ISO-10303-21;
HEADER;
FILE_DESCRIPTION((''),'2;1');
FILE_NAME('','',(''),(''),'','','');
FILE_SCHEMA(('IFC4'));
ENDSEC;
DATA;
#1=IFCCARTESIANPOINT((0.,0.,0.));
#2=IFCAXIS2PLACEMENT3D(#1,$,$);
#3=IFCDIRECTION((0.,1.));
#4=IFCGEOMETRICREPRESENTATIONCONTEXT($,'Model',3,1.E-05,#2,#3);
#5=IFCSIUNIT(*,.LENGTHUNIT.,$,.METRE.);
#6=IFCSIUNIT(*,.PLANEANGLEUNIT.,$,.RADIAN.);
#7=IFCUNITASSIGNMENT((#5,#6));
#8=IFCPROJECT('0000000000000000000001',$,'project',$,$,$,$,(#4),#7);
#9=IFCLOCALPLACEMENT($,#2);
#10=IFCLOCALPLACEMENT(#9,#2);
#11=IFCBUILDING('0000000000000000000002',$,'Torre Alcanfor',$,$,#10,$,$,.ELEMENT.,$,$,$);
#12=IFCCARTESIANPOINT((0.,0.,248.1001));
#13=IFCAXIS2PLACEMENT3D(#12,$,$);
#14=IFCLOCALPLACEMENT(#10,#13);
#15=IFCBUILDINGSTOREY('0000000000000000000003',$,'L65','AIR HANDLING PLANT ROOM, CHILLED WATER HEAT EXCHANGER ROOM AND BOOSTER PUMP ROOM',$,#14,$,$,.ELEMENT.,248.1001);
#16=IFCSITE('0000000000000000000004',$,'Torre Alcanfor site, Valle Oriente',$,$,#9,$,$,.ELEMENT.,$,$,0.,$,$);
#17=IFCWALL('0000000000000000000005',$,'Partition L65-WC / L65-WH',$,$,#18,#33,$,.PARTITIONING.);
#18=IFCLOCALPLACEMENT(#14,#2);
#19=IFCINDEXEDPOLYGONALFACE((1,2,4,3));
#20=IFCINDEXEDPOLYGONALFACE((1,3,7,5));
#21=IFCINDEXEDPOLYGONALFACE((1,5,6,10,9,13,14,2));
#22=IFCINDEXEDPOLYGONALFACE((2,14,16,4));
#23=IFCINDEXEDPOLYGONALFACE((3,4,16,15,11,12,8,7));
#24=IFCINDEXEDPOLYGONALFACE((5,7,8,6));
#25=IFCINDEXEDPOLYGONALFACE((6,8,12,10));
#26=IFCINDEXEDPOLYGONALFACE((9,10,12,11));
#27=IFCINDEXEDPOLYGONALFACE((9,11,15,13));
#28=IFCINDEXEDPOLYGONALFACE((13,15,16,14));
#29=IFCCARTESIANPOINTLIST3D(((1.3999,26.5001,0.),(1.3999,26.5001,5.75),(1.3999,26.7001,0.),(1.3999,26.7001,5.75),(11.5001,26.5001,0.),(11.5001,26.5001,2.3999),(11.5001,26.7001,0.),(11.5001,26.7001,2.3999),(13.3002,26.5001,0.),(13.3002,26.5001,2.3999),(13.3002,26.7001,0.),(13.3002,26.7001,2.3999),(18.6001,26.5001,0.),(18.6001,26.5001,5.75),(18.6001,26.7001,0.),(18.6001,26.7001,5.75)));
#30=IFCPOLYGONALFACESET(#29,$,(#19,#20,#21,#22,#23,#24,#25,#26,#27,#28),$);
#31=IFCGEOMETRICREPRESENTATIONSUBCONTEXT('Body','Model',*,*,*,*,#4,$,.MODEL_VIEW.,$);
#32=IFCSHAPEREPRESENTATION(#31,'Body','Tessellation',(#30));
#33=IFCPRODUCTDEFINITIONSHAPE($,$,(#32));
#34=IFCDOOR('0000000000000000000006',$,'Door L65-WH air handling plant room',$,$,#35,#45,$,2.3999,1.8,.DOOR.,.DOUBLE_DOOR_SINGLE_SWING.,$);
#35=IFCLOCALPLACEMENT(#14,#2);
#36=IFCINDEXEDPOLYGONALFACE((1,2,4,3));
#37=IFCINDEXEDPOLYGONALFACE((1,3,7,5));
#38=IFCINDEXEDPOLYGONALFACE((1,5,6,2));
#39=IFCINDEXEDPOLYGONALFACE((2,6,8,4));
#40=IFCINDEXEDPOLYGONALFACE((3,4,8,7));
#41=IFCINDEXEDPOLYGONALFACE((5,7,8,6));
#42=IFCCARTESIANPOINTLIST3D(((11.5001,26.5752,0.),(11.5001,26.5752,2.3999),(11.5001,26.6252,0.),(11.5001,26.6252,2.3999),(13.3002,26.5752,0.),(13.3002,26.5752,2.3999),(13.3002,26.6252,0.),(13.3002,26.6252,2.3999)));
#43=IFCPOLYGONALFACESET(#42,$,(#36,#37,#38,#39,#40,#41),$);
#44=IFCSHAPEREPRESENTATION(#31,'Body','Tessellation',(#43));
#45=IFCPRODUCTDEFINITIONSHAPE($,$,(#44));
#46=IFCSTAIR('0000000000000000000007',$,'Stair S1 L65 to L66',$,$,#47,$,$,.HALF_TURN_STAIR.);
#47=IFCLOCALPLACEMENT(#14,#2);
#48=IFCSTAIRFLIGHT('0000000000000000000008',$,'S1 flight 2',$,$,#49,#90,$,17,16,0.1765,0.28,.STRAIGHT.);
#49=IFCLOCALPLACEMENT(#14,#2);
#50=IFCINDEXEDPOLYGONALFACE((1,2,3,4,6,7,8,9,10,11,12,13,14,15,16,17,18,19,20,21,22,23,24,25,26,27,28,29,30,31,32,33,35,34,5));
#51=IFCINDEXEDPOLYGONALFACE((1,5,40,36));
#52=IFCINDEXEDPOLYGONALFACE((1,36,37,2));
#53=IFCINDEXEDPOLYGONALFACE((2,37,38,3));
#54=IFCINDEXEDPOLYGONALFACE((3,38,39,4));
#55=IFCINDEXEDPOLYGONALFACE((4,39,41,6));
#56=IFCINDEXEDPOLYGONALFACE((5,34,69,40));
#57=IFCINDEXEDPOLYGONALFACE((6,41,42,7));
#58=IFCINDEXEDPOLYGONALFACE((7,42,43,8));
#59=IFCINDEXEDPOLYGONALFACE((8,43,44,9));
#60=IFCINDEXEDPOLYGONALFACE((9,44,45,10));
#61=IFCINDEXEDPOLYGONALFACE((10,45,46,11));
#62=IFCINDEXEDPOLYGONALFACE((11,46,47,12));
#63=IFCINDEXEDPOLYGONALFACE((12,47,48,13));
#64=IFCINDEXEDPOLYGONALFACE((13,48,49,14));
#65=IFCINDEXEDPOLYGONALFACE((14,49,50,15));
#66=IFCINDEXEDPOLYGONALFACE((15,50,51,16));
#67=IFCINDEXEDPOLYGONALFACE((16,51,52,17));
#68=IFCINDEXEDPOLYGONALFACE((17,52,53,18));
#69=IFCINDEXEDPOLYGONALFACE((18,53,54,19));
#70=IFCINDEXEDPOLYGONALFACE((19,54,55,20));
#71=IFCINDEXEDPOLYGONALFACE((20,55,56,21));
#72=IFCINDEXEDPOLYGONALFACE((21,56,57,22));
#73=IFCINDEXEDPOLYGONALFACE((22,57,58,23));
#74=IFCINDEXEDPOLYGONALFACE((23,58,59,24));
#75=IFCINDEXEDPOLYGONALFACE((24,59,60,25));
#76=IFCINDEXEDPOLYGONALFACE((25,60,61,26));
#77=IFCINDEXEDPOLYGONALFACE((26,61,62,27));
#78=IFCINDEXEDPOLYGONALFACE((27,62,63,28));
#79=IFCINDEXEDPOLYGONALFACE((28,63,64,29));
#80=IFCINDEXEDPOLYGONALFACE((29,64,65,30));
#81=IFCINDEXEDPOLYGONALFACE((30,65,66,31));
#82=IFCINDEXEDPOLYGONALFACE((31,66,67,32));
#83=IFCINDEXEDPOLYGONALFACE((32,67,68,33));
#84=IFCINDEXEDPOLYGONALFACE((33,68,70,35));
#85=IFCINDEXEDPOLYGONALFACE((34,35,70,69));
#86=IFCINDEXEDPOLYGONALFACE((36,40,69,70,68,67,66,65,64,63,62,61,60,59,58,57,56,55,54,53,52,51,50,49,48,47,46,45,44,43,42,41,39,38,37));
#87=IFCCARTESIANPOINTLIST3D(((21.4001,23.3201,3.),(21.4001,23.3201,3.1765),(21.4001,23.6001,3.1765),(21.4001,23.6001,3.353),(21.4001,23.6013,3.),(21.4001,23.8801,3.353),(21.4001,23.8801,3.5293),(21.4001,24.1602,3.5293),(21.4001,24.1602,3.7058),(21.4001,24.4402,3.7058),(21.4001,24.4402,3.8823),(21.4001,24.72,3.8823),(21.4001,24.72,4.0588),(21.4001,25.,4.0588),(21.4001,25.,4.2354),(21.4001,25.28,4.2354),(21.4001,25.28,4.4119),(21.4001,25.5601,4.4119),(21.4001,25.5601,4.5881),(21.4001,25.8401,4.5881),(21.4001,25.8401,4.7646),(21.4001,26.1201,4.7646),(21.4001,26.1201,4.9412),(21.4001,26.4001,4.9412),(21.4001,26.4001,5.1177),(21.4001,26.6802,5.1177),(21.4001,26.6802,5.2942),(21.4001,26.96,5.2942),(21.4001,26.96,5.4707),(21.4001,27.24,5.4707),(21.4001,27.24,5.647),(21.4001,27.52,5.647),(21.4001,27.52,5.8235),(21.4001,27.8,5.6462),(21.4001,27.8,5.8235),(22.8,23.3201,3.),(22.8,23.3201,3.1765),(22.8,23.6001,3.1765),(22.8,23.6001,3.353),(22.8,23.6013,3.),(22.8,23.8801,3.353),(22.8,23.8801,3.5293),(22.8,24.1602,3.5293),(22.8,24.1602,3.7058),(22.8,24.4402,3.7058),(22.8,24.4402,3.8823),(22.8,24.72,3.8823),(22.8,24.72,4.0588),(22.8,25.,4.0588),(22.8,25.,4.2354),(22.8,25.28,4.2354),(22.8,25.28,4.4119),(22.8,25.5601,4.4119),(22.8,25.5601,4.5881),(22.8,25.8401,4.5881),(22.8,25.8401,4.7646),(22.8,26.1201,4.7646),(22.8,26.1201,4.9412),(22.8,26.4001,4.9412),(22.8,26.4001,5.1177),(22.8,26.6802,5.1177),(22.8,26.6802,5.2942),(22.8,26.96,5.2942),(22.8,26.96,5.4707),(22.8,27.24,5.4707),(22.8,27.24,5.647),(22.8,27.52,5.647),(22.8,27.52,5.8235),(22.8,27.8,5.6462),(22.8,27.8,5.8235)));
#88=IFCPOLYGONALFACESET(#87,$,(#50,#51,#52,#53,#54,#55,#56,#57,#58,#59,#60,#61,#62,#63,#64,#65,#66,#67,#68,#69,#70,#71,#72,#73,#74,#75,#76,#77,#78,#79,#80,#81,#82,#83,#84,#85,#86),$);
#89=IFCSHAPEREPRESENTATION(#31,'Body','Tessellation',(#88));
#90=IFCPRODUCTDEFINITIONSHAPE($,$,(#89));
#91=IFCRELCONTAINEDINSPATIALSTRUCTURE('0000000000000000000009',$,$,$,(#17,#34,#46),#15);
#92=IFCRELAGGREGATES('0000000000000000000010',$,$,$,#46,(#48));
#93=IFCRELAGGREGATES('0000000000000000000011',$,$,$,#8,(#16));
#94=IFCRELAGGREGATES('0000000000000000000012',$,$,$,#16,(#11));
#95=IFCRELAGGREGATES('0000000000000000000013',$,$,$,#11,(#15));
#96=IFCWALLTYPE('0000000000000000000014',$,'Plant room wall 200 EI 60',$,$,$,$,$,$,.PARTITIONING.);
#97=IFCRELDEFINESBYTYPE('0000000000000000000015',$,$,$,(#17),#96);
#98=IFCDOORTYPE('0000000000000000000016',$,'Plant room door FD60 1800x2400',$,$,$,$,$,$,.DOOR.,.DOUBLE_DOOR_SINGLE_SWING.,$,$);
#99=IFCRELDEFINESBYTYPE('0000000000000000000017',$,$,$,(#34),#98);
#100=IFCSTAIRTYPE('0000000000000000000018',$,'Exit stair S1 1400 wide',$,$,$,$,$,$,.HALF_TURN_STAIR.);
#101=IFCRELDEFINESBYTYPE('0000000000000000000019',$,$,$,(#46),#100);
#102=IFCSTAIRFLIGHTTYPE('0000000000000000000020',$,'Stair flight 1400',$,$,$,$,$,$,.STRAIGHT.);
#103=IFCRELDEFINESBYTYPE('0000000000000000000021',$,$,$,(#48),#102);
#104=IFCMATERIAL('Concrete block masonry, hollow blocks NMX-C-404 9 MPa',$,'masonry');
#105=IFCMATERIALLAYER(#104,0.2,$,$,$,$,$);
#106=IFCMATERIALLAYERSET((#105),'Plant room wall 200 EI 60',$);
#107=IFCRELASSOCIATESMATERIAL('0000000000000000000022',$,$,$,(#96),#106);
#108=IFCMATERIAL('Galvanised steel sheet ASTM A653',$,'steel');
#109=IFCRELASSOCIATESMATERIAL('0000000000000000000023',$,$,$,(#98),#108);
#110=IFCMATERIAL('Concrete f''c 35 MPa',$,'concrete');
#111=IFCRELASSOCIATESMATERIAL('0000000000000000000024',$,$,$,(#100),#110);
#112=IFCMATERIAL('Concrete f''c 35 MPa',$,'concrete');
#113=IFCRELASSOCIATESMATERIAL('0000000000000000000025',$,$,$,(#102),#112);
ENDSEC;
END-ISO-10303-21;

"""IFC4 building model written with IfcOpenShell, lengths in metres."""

from ifc_helpers import new_model, si_unit, direction, frame, frame_2d, origin, place, context, subcontext, project, spatial, polyline, rectangle, outline, extrude, material, layer, layer_set, type_object, element, fill, aggregate, save


model = new_model("IFC4")

# Units and contexts
model_context = context("Model", 3, precision=1e-05, world=origin(), true_north=direction((0.0, 1.0)))
body_context = subcontext(model_context, "Body", "Model", "MODEL_VIEW")
ifc_project = project(units=[si_unit("LENGTHUNIT", "METRE"), si_unit("PLANEANGLEUNIT", "RADIAN")], contexts=[model_context])

# Site, building, storey
site_placement = place(None, origin())
site = spatial("IfcSite", under=ifc_project, at=site_placement, Name="Torre Alcanfor site, Valle Oriente", CompositionType="ELEMENT", RefElevation=0.0)
building_placement = place(site_placement, origin())
building = spatial("IfcBuilding", under=site, at=building_placement, Name="Torre Alcanfor", CompositionType="ELEMENT")
storey_placement = place(building_placement, frame((0.0, 0.0, 248.1001)))
storey = spatial("IfcBuildingStorey", under=building, at=storey_placement, Name="L65", Description="AIR HANDLING PLANT ROOM, CHILLED WATER HEAT EXCHANGER ROOM AND BOOSTER PUMP ROOM", CompositionType="ELEMENT", Elevation=248.1001)

# Shared definitions
ifc_material_1 = material(Name="Concrete block masonry, hollow blocks NMX-C-404 9 MPa", Category="masonry")
ifc_layer_1 = layer(ifc_material_1, 0.2)
ifc_layer_set_1 = layer_set([ifc_layer_1], Name="Plant room wall 200 EI 60")
wall_type_1 = type_object("IfcWallType", Name="Plant room wall 200 EI 60", PredefinedType="PARTITIONING", material=ifc_layer_set_1)
ifc_material_2 = material(Name="Galvanised steel sheet ASTM A653", Category="steel")
door_type_1 = type_object("IfcDoorType", Name="Plant room door FD60 1800x2400", OperationType="DOUBLE_DOOR_SINGLE_SWING", PredefinedType="DOOR", material=ifc_material_2)

# Wall, opening, door
wall_1_placement = place(storey_placement, frame((18.6001, 26.6001, 0.0), z_axis=(0.0, 0.0, 1.0), x_axis=(-1.0, 0.0, 0.0)))
wall_1 = element("IfcWall", 1, at=wall_1_placement, inside=storey, type_object=wall_type_1, Name="Partition L65-WC / L65-WH", PredefinedType="PARTITIONING", context=body_context, shape_type="SweptSolid", body=[
    extrude(rectangle(XDim=17.2002, YDim=0.2, at=frame_2d((8.6001, 0.0))), origin(), (0.0, 0.0, 1.0), 5.75),
])
opening_1_placement = place(wall_1_placement, frame((5.3, 0.0, 0.0)))
opening_1 = element("IfcOpeningElement", 2, at=opening_1_placement, cuts=wall_1, PredefinedType="OPENING", context=body_context, shape_type="SweptSolid", body=[
    extrude(rectangle(XDim=1.8, YDim=2.3999, at=frame_2d((0.8999, 1.2))), frame((0.0, 0.1099, 0.0), z_axis=(0.0, -1.0, 0.0), x_axis=(1.0, 0.0, 0.0)), (0.0, 0.0, 1.0), 0.22),
])
door_1_placement = place(opening_1_placement, origin())
door_1 = element("IfcDoor", 3, at=door_1_placement, inside=storey, type_object=door_type_1, Name="Door L65-WH air handling plant room", OperationType="DOUBLE_DOOR_SINGLE_SWING", OverallHeight=2.3999, OverallWidth=1.8, PredefinedType="DOOR", context=body_context, shape_type="SweptSolid", body=[
    extrude(rectangle(XDim=1.8, YDim=2.3999, at=frame_2d((0.8999, 1.2))), frame((0.0, 0.0249, 0.0), z_axis=(0.0, -1.0, 0.0), x_axis=(1.0, 0.0, 0.0)), (0.0, 0.0, 1.0), 0.05),
])
fill(opening_1, door_1)

# Stair, stair flight
ifc_material_3 = material(Name="Concrete f'c 35 MPa", Category="concrete")
stair_type = type_object("IfcStairType", Name="Exit stair S1 1400 wide", PredefinedType="HALF_TURN_STAIR", material=ifc_material_3)
stair_placement = place(storey_placement, origin())
stair = element("IfcStair", 4, at=stair_placement, inside=storey, type_object=stair_type, Name="Stair S1 L65 to L66", PredefinedType="HALF_TURN_STAIR")
ifc_material_4 = material(Name="Concrete f'c 35 MPa", Category="concrete")
stair_flight_type = type_object("IfcStairFlightType", Name="Stair flight 1400", PredefinedType="STRAIGHT", material=ifc_material_4)
stair_flight_placement = place(storey_placement, frame((22.1001, 23.3201, 3.0), z_axis=(0.0, 0.0, 1.0), x_axis=(0.0, 1.0, 0.0)))
stair_flight = element("IfcStairFlight", 5, at=stair_flight_placement, type_object=stair_flight_type, Name="S1 flight 2", NumberOfRisers=17, NumberOfTreads=16, PredefinedType="STRAIGHT", RiserHeight=0.1765, TreadLength=0.28, context=body_context, shape_type="SweptSolid", body=[
    extrude(outline(polyline([(0.0, 0.0), (0.0, 0.1765), (0.28, 0.1765), (0.28, 0.353), (0.5601, 0.353), (0.5601, 0.5293), (0.8401, 0.5293), (0.8401, 0.7058), (1.1201, 0.7058), (1.1201, 0.8823), (1.3999, 0.8823), (1.3999, 1.0588), (1.6799, 1.0588), (1.6799, 1.2354), (1.96, 1.2354), (1.96, 1.4119), (2.24, 1.4119), (2.24, 1.5881), (2.52, 1.5881), (2.52, 1.7646), (2.8, 1.7646), (2.8, 1.9412), (3.0801, 1.9412), (3.0801, 2.1177), (3.3601, 2.1177), (3.3601, 2.2942), (3.6399, 2.2942), (3.6399, 2.4707), (3.9199, 2.4707), (3.9199, 2.647), (4.2, 2.647), (4.2, 2.8235), (4.48, 2.8235), (4.48, 3.0), (4.48, 2.6462), (0.2812, 0.0), (0.0, 0.0)])), frame((0.0, 0.7, 0.0), z_axis=(0.0, -1.0, 0.0), x_axis=(1.0, 0.0, 0.0)), (0.0, 0.0, 1.0), 1.3999),
])
aggregate(stair, [stair_flight])

save(model, "model.ifc")
